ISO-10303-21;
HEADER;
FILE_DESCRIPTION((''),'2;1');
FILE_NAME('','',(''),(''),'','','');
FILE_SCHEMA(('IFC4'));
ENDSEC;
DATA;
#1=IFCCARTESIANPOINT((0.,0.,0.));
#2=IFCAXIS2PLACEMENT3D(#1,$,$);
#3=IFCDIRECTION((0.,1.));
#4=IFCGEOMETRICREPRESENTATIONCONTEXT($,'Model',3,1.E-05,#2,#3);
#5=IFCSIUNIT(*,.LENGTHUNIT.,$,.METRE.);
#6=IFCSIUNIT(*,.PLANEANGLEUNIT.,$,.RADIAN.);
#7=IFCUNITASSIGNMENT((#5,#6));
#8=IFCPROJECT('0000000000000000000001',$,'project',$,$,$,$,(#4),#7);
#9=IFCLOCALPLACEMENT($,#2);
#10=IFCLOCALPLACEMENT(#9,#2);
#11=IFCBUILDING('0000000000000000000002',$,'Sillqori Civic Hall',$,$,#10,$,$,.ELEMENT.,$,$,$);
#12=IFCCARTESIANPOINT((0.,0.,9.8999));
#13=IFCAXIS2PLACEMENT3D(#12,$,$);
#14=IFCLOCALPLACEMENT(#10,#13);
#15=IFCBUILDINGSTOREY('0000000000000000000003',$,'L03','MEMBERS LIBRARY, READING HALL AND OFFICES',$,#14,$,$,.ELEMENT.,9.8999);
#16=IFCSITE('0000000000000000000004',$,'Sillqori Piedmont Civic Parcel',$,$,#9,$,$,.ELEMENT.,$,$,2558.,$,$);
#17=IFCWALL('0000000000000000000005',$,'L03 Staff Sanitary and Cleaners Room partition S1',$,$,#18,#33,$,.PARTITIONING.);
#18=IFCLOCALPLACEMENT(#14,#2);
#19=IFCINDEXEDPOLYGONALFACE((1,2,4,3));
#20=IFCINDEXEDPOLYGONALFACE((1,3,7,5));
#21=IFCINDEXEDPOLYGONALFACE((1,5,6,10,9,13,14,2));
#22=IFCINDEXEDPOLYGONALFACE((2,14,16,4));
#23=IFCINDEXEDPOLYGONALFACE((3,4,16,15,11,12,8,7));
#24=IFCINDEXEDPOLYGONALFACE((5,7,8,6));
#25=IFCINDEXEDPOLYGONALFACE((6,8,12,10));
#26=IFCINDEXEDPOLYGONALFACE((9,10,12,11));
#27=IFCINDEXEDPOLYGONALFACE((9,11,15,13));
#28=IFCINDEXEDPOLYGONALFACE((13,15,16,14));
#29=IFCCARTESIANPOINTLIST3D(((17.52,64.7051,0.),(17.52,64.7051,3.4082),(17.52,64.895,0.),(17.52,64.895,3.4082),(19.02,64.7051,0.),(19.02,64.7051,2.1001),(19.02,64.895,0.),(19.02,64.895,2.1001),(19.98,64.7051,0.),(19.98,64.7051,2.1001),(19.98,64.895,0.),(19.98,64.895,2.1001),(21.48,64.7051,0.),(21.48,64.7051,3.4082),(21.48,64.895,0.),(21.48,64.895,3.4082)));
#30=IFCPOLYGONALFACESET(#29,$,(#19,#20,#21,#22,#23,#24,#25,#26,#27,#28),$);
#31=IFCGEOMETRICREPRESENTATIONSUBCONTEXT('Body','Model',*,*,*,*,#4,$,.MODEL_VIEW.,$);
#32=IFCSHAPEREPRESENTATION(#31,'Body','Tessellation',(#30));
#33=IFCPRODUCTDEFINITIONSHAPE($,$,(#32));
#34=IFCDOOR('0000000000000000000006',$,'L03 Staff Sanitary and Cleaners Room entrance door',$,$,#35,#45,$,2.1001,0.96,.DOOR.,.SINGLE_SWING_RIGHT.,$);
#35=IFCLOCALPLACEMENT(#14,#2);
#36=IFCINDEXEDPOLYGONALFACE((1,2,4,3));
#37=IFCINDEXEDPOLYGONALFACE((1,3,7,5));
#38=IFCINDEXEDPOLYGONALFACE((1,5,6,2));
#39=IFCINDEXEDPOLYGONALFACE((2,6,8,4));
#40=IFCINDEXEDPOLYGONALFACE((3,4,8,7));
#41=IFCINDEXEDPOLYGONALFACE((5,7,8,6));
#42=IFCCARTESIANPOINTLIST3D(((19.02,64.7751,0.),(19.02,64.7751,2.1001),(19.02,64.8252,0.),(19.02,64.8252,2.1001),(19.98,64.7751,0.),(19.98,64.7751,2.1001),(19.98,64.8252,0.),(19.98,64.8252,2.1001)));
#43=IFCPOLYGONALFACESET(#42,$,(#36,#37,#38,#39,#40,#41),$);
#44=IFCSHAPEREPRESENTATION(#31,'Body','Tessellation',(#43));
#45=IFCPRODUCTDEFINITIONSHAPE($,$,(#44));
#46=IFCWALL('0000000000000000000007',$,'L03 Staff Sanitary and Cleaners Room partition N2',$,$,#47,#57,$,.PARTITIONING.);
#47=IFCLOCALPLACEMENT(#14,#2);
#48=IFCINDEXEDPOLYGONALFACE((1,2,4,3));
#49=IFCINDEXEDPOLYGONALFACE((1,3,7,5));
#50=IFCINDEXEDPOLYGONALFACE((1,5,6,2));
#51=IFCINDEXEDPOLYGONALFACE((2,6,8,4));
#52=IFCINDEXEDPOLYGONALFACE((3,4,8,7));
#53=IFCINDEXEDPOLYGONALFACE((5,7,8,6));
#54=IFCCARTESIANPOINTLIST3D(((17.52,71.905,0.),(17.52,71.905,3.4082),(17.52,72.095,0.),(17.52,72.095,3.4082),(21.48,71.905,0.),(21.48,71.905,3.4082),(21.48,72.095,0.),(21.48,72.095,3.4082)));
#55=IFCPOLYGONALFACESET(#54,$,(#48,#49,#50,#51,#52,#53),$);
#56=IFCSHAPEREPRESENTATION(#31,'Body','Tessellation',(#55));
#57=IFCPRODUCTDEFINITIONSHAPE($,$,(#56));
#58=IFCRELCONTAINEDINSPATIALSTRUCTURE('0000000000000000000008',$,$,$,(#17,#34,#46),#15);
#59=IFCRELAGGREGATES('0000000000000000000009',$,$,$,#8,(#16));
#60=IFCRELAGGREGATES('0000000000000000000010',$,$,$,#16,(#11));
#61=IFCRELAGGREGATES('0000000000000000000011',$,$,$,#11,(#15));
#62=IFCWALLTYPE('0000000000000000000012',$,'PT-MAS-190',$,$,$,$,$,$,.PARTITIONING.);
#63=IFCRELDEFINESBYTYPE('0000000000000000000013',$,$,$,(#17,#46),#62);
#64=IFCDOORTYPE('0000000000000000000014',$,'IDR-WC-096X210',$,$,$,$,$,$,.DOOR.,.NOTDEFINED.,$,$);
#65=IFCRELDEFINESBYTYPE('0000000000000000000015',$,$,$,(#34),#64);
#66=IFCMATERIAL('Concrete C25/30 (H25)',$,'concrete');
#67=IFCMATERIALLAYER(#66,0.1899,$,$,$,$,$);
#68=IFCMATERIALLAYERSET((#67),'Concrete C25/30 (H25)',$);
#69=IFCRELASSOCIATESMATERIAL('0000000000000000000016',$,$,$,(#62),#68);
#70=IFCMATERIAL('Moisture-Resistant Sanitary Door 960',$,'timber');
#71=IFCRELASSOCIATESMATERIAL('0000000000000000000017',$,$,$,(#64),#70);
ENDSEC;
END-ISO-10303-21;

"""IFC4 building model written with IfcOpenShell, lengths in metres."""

from ifc_helpers import new_model, si_unit, direction, frame, frame_2d, origin, place, context, subcontext, project, spatial, rectangle, extrude, material, layer, layer_set, type_object, element, fill, save


model = new_model("IFC4")

# Units and contexts
model_context = context("Model", 3, precision=1e-05, world=origin(), true_north=direction((0.0, 1.0)))
body_context = subcontext(model_context, "Body", "Model", "MODEL_VIEW")
ifc_project = project(units=[si_unit("LENGTHUNIT", "METRE"), si_unit("PLANEANGLEUNIT", "RADIAN")], contexts=[model_context])

# Site, building, storey
site_placement = place(None, origin())
site = spatial("IfcSite", under=ifc_project, at=site_placement, Name="Sillqori Piedmont Civic Parcel", CompositionType="ELEMENT", RefElevation=2558.0)
building_placement = place(site_placement, origin())
building = spatial("IfcBuilding", under=site, at=building_placement, Name="Sillqori Civic Hall", CompositionType="ELEMENT")
storey_placement = place(building_placement, frame((0.0, 0.0, 9.8999)))
storey = spatial("IfcBuildingStorey", under=building, at=storey_placement, Name="L03", Description="MEMBERS LIBRARY, READING HALL AND OFFICES", CompositionType="ELEMENT", Elevation=9.8999)

# Shared definitions
ifc_material_1 = material(Name="Concrete C25/30 (H25)", Category="concrete")
ifc_layer_1 = layer(ifc_material_1, 0.1899)
ifc_layer_set_1 = layer_set([ifc_layer_1], Name="Concrete C25/30 (H25)")
wall_type = type_object("IfcWallType", Name="PT-MAS-190", PredefinedType="PARTITIONING", material=ifc_layer_set_1)

# Wall, opening, door
wall_1_placement = place(storey_placement, frame((21.48, 64.8, 0.0), z_axis=(0.0, 0.0, 1.0), x_axis=(-1.0, 0.0, 0.0)))
wall_1 = element("IfcWall", 1, at=wall_1_placement, inside=storey, type_object=wall_type, Name="L03 Staff Sanitary and Cleaners Room partition S1", PredefinedType="PARTITIONING", context=body_context, shape_type="SweptSolid", body=[
    extrude(rectangle(XDim=3.96, YDim=0.1899, at=frame_2d((1.98, 0.0))), origin(), (0.0, 0.0, 1.0), 3.4082),
])
opening_1_placement = place(wall_1_placement, frame((1.5, 0.0, 0.0)))
opening_1 = element("IfcOpeningElement", 2, at=opening_1_placement, cuts=wall_1, PredefinedType="OPENING", context=body_context, shape_type="SweptSolid", body=[
    extrude(rectangle(XDim=0.96, YDim=2.1001, at=frame_2d((0.48, 1.05))), frame((0.0, 0.105, 0.0), z_axis=(0.0, -1.0, 0.0), x_axis=(1.0, 0.0, 0.0)), (0.0, 0.0, 1.0), 0.21),
])
ifc_material_2 = material(Name="Moisture-Resistant Sanitary Door 960", Category="timber")
door_type_1 = type_object("IfcDoorType", Name="IDR-WC-096X210", OperationType="NOTDEFINED", PredefinedType="DOOR", material=ifc_material_2)
door_1_placement = place(opening_1_placement, origin())
door_1 = element("IfcDoor", 3, at=door_1_placement, inside=storey, type_object=door_type_1, Name="L03 Staff Sanitary and Cleaners Room entrance door", OperationType="SINGLE_SWING_RIGHT", OverallHeight=2.1001, OverallWidth=0.96, PredefinedType="DOOR", context=body_context, shape_type="SweptSolid", body=[
    extrude(rectangle(XDim=0.96, YDim=2.1001, at=frame_2d((0.48, 1.05))), frame((0.0, 0.0249, 0.0), z_axis=(0.0, -1.0, 0.0), x_axis=(1.0, 0.0, 0.0)), (0.0, 0.0, 1.0), 0.05),
])
fill(opening_1, door_1)

# Wall
wall_2_placement = place(storey_placement, frame((17.52, 72.0, 0.0), z_axis=(0.0, 0.0, 1.0), x_axis=(1.0, 0.0, 0.0)))
element("IfcWall", 4, at=wall_2_placement, inside=storey, type_object=wall_type, Name="L03 Staff Sanitary and Cleaners Room partition N2", PredefinedType="PARTITIONING", context=body_context, shape_type="SweptSolid", body=[
    extrude(rectangle(XDim=3.96, YDim=0.1899, at=frame_2d((1.98, 0.0))), origin(), (0.0, 0.0, 1.0), 3.4082),
])

save(model, "model.ifc")
